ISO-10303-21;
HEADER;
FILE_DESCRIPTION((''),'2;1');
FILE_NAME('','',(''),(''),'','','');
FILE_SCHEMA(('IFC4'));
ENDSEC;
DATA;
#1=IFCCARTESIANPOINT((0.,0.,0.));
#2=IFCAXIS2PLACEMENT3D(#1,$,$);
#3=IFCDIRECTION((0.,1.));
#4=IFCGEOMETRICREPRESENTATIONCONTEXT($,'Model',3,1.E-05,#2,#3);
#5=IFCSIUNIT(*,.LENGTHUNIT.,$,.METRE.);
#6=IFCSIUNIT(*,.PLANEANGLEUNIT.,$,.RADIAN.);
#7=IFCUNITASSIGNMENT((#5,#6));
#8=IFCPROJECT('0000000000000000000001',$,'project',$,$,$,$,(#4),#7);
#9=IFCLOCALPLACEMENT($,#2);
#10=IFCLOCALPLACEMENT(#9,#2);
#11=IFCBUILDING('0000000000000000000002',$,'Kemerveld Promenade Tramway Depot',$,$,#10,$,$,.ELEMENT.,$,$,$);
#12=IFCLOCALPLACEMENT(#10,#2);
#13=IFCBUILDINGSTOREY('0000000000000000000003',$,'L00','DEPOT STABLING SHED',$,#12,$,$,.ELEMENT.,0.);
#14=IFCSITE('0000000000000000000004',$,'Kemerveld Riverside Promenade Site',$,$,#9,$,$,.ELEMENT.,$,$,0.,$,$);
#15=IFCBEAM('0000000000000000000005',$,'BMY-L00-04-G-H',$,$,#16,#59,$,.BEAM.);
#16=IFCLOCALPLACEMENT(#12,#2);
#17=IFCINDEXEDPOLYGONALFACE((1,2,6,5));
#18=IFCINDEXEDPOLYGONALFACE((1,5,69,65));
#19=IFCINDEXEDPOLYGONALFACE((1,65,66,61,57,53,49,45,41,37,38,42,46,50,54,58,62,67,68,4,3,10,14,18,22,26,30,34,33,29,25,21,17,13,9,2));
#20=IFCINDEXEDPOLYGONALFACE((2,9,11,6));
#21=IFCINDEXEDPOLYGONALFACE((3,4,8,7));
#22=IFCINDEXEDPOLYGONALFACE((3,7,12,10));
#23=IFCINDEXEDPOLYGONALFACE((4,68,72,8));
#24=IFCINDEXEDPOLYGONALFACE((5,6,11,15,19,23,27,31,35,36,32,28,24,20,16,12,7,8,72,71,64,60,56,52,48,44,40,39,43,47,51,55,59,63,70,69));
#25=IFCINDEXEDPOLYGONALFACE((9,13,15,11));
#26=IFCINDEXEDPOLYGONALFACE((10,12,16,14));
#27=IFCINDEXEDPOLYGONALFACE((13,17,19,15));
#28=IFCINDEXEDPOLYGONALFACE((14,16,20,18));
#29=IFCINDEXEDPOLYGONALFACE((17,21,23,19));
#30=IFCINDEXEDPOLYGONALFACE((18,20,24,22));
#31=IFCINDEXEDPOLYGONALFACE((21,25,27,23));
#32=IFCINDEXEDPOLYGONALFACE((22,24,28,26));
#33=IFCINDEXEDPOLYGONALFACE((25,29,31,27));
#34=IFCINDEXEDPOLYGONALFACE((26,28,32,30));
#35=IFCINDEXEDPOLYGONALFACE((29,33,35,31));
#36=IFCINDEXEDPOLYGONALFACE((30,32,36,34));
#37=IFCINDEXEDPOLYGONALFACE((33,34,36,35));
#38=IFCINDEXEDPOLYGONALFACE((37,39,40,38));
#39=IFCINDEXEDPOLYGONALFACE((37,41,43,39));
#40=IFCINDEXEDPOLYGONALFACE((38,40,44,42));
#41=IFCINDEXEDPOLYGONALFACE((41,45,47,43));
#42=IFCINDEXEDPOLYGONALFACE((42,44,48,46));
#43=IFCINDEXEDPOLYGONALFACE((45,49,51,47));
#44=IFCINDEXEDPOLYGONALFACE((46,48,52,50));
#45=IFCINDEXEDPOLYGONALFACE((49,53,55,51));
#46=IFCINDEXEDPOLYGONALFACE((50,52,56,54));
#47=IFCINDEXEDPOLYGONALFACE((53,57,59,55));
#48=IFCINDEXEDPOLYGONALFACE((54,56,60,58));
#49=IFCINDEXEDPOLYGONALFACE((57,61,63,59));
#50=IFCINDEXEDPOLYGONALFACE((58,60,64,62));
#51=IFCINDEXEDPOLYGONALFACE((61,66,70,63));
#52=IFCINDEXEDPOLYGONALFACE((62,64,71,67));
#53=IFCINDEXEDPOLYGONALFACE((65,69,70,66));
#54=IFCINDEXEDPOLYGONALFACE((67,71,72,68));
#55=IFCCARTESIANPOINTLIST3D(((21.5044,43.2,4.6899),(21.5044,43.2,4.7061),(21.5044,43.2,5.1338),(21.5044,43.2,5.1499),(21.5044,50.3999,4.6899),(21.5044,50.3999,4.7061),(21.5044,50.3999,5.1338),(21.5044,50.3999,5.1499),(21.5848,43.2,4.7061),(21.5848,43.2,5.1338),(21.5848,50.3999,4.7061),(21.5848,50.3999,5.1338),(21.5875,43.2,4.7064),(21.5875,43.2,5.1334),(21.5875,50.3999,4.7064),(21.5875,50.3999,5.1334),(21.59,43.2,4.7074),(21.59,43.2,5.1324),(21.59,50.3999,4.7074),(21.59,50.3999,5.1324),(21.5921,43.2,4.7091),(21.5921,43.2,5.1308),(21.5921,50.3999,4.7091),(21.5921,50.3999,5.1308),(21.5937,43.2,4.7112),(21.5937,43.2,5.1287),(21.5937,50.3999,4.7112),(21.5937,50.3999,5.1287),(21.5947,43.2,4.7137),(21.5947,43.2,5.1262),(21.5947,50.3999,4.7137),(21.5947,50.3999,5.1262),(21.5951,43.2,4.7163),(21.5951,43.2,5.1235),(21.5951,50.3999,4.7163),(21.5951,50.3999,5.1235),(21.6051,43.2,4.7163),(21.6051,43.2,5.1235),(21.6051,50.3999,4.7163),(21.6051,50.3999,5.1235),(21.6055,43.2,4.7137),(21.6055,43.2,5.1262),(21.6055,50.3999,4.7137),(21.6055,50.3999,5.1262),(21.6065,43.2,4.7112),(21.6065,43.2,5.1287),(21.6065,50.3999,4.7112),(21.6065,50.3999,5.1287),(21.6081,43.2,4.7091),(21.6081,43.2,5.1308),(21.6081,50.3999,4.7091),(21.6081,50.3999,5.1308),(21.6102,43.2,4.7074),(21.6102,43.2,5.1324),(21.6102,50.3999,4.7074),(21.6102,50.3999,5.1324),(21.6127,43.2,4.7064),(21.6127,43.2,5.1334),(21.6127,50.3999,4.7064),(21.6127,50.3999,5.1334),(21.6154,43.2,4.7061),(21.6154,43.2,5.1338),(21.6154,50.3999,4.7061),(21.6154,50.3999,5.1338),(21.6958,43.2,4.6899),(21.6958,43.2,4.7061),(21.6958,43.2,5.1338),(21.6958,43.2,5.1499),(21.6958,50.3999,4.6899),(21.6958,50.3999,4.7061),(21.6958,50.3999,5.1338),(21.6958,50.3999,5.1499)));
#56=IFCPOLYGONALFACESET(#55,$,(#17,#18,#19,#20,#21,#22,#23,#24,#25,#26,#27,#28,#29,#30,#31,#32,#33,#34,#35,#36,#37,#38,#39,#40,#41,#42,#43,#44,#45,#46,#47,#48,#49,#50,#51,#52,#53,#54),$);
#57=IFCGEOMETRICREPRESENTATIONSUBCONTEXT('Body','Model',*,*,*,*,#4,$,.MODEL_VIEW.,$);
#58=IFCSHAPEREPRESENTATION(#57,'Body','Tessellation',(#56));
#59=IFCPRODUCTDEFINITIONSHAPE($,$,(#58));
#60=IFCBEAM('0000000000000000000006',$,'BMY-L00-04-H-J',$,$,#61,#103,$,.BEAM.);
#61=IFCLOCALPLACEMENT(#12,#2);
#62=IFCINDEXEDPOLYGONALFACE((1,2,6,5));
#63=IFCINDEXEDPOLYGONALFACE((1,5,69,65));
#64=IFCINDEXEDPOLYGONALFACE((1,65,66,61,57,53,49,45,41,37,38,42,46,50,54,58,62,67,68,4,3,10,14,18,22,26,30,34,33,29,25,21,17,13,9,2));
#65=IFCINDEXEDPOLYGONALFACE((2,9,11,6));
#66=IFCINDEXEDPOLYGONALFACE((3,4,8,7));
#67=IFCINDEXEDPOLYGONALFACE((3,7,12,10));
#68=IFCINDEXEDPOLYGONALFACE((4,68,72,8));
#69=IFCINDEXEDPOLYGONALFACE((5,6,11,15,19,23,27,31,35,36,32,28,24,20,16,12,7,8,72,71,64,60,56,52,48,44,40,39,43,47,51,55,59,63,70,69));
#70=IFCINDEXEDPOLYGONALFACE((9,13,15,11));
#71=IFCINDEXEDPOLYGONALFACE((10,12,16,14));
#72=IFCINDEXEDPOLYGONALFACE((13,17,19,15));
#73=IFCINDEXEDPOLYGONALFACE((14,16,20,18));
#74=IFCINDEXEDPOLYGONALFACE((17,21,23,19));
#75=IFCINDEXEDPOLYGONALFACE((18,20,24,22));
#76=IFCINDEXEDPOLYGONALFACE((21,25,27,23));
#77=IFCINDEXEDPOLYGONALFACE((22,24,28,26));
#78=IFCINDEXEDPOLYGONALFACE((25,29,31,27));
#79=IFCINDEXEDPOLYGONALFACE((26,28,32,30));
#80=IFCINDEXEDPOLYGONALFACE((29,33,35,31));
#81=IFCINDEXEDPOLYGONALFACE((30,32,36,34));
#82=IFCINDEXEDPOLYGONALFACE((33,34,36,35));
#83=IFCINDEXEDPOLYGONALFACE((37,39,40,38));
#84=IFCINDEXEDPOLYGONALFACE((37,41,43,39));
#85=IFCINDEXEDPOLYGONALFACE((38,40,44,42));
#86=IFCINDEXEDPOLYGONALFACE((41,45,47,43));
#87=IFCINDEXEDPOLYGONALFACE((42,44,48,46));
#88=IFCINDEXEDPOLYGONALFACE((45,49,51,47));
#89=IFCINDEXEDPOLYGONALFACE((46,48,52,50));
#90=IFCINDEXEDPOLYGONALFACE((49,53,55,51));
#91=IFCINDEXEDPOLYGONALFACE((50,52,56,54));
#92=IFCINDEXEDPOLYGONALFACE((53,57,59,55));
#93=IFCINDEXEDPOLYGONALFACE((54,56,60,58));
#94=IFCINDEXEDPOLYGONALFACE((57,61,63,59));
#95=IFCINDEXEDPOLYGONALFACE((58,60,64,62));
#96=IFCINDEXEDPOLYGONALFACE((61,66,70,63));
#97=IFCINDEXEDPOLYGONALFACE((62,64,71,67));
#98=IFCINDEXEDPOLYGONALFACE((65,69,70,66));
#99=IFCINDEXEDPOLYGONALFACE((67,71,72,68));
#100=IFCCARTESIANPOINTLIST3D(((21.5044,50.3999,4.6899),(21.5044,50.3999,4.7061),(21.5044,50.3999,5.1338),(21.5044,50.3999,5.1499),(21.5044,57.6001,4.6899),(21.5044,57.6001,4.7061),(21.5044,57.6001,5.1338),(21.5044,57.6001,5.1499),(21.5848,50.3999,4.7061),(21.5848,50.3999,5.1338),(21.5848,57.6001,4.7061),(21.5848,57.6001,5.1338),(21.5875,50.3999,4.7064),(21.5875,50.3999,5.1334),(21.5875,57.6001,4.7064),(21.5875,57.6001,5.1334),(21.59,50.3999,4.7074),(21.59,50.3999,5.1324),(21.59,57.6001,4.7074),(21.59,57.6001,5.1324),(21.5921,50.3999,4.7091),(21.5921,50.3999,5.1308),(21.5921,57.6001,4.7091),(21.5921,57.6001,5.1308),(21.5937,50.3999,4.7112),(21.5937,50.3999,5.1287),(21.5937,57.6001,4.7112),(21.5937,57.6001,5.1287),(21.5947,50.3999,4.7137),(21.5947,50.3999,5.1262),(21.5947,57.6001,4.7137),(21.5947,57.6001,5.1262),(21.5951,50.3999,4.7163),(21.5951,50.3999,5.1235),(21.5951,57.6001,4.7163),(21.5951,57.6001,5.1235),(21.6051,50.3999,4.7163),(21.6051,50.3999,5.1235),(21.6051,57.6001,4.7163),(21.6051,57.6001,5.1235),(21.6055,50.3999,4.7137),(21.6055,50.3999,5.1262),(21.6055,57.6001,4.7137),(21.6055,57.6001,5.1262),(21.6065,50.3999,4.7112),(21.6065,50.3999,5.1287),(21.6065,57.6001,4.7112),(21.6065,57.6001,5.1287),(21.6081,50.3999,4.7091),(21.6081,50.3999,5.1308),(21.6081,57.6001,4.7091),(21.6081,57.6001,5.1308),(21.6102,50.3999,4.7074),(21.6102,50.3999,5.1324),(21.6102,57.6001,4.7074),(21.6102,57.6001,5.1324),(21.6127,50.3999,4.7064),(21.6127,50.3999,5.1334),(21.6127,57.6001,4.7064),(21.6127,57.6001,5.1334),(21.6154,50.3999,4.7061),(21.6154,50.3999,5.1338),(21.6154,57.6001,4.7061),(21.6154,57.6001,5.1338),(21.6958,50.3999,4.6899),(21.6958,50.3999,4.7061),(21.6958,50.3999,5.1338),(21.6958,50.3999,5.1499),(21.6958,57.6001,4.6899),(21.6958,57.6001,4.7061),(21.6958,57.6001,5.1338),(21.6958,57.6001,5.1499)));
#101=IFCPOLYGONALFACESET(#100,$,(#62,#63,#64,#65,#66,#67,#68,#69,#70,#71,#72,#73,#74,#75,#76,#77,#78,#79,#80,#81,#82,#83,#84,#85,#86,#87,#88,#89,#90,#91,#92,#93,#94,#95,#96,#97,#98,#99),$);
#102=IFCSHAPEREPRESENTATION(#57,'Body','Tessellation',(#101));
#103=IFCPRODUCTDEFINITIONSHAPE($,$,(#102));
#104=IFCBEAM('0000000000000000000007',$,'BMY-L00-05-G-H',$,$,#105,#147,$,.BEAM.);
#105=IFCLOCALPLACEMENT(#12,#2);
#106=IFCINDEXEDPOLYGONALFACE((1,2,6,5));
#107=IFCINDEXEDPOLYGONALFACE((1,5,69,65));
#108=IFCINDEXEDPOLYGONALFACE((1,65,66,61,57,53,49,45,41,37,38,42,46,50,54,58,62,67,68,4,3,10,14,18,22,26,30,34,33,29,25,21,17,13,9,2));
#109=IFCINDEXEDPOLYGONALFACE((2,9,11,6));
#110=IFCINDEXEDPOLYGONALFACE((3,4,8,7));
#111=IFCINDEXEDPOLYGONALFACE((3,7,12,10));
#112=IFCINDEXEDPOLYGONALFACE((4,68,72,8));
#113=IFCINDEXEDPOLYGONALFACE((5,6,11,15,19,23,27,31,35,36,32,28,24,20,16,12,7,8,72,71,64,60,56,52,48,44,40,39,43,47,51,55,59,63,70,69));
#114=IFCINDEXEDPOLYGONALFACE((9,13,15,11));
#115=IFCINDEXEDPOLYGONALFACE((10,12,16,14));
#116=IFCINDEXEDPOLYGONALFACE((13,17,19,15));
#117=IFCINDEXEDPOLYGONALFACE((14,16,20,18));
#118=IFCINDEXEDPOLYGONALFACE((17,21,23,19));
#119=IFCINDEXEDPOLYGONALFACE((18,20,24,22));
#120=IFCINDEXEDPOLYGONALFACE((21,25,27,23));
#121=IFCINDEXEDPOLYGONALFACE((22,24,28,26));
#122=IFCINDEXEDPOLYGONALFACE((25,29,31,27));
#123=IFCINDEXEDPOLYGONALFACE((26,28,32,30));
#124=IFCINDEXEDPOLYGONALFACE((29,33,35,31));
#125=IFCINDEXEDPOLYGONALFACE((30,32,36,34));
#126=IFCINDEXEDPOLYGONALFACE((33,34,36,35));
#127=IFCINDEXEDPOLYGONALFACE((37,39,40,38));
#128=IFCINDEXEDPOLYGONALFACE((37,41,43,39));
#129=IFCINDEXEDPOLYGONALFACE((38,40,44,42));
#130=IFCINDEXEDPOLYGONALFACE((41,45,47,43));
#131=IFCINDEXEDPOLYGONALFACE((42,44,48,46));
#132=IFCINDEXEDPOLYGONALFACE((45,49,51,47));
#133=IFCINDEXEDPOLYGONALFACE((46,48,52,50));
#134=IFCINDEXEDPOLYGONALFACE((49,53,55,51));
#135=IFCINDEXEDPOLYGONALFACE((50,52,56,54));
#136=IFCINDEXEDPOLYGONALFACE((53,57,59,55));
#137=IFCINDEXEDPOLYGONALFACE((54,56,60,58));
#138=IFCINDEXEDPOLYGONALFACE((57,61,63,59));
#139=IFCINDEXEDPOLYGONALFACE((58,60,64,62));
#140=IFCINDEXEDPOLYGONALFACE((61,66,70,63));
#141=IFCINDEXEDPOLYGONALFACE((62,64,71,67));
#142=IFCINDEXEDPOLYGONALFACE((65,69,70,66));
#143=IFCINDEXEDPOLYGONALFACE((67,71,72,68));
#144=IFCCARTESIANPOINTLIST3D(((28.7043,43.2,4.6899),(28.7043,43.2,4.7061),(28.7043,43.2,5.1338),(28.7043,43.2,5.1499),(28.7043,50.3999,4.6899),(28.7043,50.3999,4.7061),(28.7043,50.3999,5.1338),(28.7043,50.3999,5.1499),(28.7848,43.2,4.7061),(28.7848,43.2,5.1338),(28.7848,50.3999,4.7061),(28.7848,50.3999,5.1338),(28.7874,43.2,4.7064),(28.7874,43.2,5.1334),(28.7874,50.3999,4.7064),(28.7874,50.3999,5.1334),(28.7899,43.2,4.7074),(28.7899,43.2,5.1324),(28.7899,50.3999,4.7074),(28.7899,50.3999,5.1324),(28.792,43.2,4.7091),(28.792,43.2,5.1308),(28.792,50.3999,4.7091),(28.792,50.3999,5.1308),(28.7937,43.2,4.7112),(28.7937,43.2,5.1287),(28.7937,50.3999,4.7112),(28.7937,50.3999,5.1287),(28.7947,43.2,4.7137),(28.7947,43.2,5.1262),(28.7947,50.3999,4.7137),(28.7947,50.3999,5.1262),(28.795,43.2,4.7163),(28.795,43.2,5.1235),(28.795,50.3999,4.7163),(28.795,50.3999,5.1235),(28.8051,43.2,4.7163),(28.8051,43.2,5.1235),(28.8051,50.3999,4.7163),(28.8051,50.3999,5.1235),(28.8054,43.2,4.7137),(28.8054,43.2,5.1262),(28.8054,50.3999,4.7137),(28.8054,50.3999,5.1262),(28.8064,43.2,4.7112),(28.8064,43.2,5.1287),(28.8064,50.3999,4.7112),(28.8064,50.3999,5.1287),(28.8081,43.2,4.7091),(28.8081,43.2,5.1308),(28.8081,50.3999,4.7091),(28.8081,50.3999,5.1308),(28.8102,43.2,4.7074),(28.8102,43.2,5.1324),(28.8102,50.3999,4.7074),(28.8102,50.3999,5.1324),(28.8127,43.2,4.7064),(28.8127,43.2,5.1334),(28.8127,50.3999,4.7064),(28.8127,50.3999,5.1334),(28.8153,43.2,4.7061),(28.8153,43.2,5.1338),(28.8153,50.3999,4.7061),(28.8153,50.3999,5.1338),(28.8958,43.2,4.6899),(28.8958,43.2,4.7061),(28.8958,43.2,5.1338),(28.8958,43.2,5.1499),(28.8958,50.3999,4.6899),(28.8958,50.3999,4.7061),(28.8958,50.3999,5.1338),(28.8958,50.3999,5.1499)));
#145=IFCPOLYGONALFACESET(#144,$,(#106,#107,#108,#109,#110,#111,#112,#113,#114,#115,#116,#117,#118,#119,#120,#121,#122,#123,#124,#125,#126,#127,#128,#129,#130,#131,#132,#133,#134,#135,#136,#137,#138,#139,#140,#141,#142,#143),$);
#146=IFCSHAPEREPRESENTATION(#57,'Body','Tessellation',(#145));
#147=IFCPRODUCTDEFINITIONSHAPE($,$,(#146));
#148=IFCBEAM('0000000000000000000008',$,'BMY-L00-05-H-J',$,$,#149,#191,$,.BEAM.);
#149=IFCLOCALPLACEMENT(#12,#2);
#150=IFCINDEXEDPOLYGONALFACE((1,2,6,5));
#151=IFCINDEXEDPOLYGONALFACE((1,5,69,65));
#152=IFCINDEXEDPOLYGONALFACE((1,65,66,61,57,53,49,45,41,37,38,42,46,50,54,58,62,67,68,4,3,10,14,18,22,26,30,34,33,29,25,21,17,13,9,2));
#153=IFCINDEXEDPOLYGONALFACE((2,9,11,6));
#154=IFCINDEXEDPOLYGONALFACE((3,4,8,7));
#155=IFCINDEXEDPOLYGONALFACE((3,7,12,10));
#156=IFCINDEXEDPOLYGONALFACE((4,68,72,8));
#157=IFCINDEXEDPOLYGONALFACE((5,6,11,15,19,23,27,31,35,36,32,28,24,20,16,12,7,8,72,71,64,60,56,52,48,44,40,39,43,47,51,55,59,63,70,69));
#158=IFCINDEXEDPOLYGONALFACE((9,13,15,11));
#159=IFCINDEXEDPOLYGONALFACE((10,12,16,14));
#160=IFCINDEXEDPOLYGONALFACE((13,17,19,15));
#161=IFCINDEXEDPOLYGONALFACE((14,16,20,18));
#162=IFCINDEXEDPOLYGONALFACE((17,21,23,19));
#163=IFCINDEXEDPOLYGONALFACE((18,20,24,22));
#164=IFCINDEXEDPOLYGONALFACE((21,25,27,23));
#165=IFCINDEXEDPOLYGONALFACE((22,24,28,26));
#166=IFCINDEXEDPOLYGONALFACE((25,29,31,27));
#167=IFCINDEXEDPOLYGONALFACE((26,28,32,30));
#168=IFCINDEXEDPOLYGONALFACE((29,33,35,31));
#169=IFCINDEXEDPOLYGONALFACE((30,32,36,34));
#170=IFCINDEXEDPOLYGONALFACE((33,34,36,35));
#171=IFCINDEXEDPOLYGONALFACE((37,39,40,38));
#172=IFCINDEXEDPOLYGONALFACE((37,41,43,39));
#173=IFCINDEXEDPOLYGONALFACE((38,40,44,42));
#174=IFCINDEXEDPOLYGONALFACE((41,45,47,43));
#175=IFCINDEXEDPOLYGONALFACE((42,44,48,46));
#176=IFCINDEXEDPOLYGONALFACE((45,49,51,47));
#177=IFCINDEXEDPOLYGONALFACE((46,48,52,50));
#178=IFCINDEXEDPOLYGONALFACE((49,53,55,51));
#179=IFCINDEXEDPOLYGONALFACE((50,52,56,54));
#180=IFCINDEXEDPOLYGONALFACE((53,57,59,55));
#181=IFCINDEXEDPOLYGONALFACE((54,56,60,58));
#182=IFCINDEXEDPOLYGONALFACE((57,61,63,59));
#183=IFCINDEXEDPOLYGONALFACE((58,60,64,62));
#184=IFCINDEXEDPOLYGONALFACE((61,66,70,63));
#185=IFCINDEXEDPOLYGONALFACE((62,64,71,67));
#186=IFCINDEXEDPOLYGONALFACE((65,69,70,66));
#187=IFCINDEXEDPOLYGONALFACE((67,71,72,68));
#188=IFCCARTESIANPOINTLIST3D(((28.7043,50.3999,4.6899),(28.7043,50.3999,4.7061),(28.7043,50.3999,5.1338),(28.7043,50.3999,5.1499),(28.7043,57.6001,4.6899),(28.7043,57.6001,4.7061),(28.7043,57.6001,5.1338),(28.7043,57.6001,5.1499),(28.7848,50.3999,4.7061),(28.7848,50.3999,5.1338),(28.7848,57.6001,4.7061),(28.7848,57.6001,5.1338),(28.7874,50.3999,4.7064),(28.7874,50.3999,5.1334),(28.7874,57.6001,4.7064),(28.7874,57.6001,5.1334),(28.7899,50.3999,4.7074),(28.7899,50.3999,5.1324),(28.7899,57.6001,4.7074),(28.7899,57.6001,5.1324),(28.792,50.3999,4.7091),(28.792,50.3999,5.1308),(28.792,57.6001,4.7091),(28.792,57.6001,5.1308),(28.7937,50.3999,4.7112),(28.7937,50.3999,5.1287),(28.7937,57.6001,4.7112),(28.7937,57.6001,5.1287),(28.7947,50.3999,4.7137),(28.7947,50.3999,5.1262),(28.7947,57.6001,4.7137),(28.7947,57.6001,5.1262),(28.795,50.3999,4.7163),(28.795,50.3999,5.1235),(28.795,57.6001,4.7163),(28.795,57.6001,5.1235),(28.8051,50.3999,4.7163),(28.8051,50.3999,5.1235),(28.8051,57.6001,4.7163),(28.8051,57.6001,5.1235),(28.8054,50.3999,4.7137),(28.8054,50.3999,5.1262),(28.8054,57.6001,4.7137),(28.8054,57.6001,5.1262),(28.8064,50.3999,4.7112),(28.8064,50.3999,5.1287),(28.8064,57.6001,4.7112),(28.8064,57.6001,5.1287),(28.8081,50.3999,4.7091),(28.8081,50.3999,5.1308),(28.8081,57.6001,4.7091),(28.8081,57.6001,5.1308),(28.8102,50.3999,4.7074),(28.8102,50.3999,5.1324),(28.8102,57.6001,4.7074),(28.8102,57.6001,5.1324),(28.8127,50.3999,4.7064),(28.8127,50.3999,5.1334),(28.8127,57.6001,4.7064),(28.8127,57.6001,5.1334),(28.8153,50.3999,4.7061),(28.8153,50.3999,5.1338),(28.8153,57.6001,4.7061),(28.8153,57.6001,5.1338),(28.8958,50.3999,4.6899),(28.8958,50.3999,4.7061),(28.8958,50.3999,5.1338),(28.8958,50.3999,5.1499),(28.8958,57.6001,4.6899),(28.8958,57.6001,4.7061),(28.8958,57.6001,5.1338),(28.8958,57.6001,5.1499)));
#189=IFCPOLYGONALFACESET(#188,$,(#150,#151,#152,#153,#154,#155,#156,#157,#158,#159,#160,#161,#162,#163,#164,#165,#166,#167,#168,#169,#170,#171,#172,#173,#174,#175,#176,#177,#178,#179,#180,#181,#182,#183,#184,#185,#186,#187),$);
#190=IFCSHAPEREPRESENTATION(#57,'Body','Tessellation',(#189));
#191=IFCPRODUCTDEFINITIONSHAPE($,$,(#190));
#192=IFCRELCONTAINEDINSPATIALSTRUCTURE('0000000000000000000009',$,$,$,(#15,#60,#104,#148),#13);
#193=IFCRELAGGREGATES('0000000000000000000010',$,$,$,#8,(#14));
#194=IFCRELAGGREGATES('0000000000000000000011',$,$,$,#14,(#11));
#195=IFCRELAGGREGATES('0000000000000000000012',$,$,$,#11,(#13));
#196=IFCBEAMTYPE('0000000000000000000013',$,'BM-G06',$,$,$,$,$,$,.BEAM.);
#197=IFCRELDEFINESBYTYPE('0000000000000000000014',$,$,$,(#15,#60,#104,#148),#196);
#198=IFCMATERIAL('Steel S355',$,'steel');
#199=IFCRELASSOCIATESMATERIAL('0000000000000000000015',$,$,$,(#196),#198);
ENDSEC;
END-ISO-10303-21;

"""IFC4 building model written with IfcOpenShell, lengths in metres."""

from ifc_helpers import new_model, si_unit, direction, frame, origin, origin_2d, place, context, subcontext, project, spatial, i_section, extrude, material, material_profile, profile_set, type_object, element, save


model = new_model("IFC4")

# Units and contexts
model_context = context("Model", 3, precision=1e-05, world=origin(), true_north=direction((0.0, 1.0)))
body_context = subcontext(model_context, "Body", "Model", "MODEL_VIEW")
ifc_project = project(units=[si_unit("LENGTHUNIT", "METRE"), si_unit("PLANEANGLEUNIT", "RADIAN")], contexts=[model_context])

# Site, building, storey
site_placement = place(None, origin())
site = spatial("IfcSite", under=ifc_project, at=site_placement, Name="Kemerveld Riverside Promenade Site", CompositionType="ELEMENT", RefElevation=0.0)
building_placement = place(site_placement, origin())
building = spatial("IfcBuilding", under=site, at=building_placement, Name="Kemerveld Promenade Tramway Depot", CompositionType="ELEMENT")
storey_placement = place(building_placement, origin())
storey = spatial("IfcBuildingStorey", under=building, at=storey_placement, Name="L00", Description="DEPOT STABLING SHED", CompositionType="ELEMENT", Elevation=0.0)

# Shared definitions
ifc_material_1 = material(Name="Steel S355", Category="steel")

# Beams
ifc_material_profile_1 = material_profile(ifc_material_1, i_section(OverallWidth=0.1914, OverallDepth=0.46, WebThickness=0.01, FlangeThickness=0.0161, FilletRadius=0.0103, at=origin_2d()), Name="457x191x82 UB")
ifc_profile_set_1 = profile_set([ifc_material_profile_1], Name="Steel S355")
beam_type_1 = type_object("IfcBeamType", Name="BM-G06", PredefinedType="BEAM", material=ifc_profile_set_1)
beam_1_placement = place(storey_placement, frame((21.6001, 43.2, 4.9199), z_axis=(0.0, 1.0, 0.0), x_axis=(-1.0, 0.0, 0.0)))
element("IfcBeam", 1, at=beam_1_placement, inside=storey, type_object=beam_type_1, Name="BMY-L00-04-G-H", PredefinedType="BEAM", context=body_context, shape_type="SweptSolid", body=[
    extrude(i_section(OverallWidth=0.1914, OverallDepth=0.46, WebThickness=0.01, FlangeThickness=0.0161, FilletRadius=0.0103, at=origin_2d()), origin(), (0.0, 0.0, 1.0), 7.2),
])
beam_2_placement = place(storey_placement, frame((21.6001, 50.3999, 4.9199), z_axis=(0.0, 1.0, 0.0), x_axis=(-1.0, 0.0, 0.0)))
element("IfcBeam", 2, at=beam_2_placement, inside=storey, type_object=beam_type_1, Name="BMY-L00-04-H-J", PredefinedType="BEAM", context=body_context, shape_type="SweptSolid", body=[
    extrude(i_section(OverallWidth=0.1914, OverallDepth=0.46, WebThickness=0.01, FlangeThickness=0.0161, FilletRadius=0.0103, at=origin_2d()), origin(), (0.0, 0.0, 1.0), 7.2002),
])
beam_3_placement = place(storey_placement, frame((28.8, 43.2, 4.9199), z_axis=(0.0, 1.0, 0.0), x_axis=(-1.0, 0.0, 0.0)))
element("IfcBeam", 3, at=beam_3_placement, inside=storey, type_object=beam_type_1, Name="BMY-L00-05-G-H", PredefinedType="BEAM", context=body_context, shape_type="SweptSolid", body=[
    extrude(i_section(OverallWidth=0.1914, OverallDepth=0.46, WebThickness=0.01, FlangeThickness=0.0161, FilletRadius=0.0103, at=origin_2d()), origin(), (0.0, 0.0, 1.0), 7.2),
])
beam_4_placement = place(storey_placement, frame((28.8, 50.3999, 4.9199), z_axis=(0.0, 1.0, 0.0), x_axis=(-1.0, 0.0, 0.0)))
element("IfcBeam", 4, at=beam_4_placement, inside=storey, type_object=beam_type_1, Name="BMY-L00-05-H-J", PredefinedType="BEAM", context=body_context, shape_type="SweptSolid", body=[
    extrude(i_section(OverallWidth=0.1914, OverallDepth=0.46, WebThickness=0.01, FlangeThickness=0.0161, FilletRadius=0.0103, at=origin_2d()), origin(), (0.0, 0.0, 1.0), 7.2002),
])

save(model, "model.ifc")
